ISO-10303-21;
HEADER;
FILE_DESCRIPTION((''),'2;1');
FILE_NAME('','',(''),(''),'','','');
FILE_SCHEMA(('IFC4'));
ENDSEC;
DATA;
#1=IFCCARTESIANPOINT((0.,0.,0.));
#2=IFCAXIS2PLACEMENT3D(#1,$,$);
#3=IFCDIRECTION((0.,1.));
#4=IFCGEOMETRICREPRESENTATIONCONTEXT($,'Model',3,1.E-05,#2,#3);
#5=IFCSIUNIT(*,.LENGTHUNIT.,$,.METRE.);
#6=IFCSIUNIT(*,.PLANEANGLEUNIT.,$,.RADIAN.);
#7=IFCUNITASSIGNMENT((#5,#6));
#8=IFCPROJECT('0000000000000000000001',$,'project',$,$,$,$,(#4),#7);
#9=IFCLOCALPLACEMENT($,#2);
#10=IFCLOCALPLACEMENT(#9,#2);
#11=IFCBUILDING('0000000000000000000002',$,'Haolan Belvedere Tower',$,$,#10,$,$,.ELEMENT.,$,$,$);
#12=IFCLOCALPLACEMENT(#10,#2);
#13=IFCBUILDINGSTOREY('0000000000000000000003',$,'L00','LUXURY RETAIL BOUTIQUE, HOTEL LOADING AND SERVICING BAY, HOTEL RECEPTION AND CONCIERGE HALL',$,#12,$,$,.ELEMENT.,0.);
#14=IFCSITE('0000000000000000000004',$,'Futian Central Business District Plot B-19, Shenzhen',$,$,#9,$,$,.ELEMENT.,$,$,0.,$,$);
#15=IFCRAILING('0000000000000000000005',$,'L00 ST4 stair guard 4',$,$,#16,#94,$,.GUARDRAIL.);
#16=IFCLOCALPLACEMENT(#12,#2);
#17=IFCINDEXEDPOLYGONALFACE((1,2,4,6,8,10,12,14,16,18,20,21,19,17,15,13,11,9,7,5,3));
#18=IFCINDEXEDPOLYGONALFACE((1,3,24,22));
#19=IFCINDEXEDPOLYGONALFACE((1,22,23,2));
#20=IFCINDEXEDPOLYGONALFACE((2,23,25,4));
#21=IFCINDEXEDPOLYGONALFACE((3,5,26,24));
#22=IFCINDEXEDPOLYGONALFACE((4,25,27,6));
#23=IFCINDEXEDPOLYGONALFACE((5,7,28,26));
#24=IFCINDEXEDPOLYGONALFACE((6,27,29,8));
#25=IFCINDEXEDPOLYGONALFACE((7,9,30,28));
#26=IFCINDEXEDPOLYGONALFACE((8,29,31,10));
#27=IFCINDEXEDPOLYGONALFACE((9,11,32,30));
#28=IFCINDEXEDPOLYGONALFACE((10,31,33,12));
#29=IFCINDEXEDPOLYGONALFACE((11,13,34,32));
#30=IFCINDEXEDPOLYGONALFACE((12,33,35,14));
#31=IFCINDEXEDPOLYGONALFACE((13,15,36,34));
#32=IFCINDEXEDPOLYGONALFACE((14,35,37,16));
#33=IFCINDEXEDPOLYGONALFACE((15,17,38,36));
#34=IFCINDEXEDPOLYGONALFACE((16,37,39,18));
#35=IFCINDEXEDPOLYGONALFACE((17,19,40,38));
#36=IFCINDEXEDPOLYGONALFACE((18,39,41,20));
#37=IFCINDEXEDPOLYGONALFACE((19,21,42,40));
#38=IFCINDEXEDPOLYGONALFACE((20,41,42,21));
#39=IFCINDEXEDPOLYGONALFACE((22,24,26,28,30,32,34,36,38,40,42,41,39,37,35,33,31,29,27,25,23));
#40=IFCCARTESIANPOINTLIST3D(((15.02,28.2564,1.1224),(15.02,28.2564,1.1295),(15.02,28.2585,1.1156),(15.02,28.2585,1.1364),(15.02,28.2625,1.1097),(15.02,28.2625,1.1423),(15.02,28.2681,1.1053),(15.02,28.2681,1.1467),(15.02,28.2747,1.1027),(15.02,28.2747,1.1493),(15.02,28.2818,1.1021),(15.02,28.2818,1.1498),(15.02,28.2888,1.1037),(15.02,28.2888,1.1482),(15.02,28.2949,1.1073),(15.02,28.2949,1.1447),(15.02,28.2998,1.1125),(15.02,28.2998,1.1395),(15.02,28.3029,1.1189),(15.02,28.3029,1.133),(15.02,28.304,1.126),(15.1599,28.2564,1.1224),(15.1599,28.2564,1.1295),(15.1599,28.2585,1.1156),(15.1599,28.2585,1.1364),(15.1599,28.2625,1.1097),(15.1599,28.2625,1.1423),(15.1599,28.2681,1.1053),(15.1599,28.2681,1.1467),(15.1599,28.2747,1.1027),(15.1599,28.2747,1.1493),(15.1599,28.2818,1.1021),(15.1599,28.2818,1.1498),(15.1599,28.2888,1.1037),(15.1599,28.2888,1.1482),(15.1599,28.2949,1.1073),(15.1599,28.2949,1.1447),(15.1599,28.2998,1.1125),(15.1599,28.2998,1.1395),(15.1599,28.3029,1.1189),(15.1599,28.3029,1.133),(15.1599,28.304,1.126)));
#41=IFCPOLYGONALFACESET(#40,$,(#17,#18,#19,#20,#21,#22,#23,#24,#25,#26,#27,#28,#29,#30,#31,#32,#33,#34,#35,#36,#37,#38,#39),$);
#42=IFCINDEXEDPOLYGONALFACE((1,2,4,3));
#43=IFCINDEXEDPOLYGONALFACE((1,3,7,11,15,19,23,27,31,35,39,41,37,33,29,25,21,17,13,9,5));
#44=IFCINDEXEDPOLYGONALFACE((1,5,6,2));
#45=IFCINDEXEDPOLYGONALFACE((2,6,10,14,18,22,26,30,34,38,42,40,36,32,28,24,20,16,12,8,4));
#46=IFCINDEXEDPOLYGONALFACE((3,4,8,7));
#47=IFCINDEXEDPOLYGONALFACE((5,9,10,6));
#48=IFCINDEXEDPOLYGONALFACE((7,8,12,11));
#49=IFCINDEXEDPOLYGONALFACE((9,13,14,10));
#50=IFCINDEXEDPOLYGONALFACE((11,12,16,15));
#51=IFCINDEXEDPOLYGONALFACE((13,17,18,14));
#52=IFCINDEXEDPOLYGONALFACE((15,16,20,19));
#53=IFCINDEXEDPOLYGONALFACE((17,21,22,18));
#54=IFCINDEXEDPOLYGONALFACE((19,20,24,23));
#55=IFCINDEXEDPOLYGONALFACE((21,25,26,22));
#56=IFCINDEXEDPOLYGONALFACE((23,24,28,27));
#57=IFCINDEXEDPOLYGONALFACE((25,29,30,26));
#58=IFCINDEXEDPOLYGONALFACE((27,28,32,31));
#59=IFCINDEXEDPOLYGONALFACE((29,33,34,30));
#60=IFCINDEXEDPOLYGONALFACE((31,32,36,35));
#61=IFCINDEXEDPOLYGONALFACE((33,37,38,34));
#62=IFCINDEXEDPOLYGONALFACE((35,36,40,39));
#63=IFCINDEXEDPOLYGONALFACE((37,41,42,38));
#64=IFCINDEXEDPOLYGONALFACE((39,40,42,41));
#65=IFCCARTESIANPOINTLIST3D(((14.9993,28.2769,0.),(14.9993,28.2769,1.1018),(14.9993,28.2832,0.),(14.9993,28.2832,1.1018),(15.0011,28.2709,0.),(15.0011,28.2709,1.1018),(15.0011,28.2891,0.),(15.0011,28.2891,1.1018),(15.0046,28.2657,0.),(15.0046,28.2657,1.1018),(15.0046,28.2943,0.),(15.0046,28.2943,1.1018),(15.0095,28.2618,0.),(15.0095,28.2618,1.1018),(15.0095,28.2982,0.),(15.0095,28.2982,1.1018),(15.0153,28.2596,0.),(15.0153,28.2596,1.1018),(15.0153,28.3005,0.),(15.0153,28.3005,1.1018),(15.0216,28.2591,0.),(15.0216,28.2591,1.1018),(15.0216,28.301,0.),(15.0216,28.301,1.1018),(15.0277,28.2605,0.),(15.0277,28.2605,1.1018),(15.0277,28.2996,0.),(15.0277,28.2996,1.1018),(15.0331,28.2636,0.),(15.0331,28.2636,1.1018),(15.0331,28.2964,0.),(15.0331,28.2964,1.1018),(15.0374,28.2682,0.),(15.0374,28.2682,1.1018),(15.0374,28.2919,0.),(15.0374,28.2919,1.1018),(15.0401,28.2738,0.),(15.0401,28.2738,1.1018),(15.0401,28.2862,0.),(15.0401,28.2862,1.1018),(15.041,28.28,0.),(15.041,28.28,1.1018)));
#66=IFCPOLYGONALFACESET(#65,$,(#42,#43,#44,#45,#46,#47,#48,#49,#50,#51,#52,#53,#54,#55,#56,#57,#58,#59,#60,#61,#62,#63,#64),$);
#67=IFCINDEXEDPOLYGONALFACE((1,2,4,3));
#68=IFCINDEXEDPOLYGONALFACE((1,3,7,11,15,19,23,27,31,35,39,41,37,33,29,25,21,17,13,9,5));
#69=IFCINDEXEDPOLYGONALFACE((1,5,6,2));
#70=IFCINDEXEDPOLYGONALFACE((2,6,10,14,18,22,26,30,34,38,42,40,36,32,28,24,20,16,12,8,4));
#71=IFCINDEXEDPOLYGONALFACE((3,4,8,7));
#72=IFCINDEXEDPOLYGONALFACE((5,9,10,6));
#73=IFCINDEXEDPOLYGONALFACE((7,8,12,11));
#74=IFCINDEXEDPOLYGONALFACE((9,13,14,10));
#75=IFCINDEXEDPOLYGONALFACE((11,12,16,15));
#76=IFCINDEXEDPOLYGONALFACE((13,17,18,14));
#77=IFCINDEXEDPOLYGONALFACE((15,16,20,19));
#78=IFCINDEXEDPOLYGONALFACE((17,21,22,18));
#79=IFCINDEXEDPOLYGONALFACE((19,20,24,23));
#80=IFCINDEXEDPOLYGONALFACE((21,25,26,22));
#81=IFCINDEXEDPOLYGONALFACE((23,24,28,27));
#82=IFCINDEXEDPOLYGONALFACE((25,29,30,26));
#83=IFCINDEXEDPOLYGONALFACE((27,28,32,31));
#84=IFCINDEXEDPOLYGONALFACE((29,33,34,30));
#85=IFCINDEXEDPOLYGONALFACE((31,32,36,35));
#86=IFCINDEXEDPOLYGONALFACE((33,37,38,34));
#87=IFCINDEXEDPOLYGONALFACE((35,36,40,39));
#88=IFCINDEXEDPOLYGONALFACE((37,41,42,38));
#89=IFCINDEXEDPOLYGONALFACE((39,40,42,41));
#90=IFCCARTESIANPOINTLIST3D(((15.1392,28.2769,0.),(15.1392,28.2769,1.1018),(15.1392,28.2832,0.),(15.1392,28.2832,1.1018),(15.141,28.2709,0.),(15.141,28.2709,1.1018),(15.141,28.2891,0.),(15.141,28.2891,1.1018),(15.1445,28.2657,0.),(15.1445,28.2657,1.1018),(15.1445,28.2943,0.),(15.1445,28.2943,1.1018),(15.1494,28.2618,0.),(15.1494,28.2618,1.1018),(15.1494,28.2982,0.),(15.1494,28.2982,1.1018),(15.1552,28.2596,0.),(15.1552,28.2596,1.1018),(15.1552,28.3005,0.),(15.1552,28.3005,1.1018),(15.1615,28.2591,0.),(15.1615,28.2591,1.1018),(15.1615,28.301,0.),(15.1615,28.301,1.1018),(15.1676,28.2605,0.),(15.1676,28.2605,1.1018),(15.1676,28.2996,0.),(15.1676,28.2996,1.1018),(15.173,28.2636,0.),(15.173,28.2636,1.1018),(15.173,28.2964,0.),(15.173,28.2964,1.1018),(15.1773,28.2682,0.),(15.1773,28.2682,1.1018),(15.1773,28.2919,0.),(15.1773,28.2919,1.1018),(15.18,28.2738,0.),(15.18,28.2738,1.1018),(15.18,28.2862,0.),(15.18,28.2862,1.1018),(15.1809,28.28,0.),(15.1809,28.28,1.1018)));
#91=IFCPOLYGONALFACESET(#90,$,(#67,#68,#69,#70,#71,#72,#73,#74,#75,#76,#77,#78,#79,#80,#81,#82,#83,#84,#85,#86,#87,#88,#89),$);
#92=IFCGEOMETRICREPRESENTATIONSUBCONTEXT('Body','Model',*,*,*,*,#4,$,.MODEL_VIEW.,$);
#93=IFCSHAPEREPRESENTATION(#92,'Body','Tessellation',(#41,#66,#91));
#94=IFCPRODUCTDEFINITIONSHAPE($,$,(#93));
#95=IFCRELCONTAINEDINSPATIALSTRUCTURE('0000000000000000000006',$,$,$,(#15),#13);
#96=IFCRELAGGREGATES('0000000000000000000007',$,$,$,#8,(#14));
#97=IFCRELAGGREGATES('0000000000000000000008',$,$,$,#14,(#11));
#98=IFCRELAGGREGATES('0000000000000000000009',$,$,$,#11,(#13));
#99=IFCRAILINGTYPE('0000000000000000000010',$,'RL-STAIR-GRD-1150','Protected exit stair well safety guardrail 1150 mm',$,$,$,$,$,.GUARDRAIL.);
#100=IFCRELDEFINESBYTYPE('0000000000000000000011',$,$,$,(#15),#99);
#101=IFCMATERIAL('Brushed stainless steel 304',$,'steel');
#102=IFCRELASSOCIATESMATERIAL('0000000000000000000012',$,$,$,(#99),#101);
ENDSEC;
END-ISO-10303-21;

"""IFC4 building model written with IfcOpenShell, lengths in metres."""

from ifc_helpers import new_model, si_unit, direction, frame, origin, origin_2d, place, context, subcontext, project, spatial, circle, extrude, material, type_object, element, save


model = new_model("IFC4")

# Units and contexts
model_context = context("Model", 3, precision=1e-05, world=origin(), true_north=direction((0.0, 1.0)))
body_context = subcontext(model_context, "Body", "Model", "MODEL_VIEW")
ifc_project = project(units=[si_unit("LENGTHUNIT", "METRE"), si_unit("PLANEANGLEUNIT", "RADIAN")], contexts=[model_context])

# Site, building, storey
site_placement = place(None, origin())
site = spatial("IfcSite", under=ifc_project, at=site_placement, Name="Futian Central Business District Plot B-19, Shenzhen", CompositionType="ELEMENT", RefElevation=0.0)
building_placement = place(site_placement, origin())
building = spatial("IfcBuilding", under=site, at=building_placement, Name="Haolan Belvedere Tower", CompositionType="ELEMENT")
storey_placement = place(building_placement, origin())
storey = spatial("IfcBuildingStorey", under=building, at=storey_placement, Name="L00", Description="LUXURY RETAIL BOUTIQUE, HOTEL LOADING AND SERVICING BAY, HOTEL RECEPTION AND CONCIERGE HALL", CompositionType="ELEMENT", Elevation=0.0)

# Railing
ifc_material_1 = material(Name="Brushed stainless steel 304", Category="steel")
railing_type_1 = type_object("IfcRailingType", Name="RL-STAIR-GRD-1150", Description="Protected exit stair well safety guardrail 1150 mm", PredefinedType="GUARDRAIL", material=ifc_material_1)
railing_1_placement = place(storey_placement, frame((15.02, 28.28, 0.0)))
element("IfcRailing", 1, at=railing_1_placement, inside=storey, type_object=railing_type_1, Name="L00 ST4 stair guard 4", PredefinedType="GUARDRAIL", context=body_context, shape_type="SweptSolid", body=[
    extrude(circle(Radius=0.0239, at=origin_2d()), frame((0.0, 0.0, 1.126), z_axis=(1.0, 0.0, 0.0), x_axis=(0.0, 1.0, 0.0)), (0.0, 0.0, 1.0), 0.1399),
    extrude(circle(Radius=0.021, at=origin_2d()), origin(), (0.0, 0.0, 1.0), 1.1018),
    extrude(circle(Radius=0.021, at=origin_2d()), frame((0.1399, 0.0, 0.0)), (0.0, 0.0, 1.0), 1.1018),
])

save(model, "model.ifc")
